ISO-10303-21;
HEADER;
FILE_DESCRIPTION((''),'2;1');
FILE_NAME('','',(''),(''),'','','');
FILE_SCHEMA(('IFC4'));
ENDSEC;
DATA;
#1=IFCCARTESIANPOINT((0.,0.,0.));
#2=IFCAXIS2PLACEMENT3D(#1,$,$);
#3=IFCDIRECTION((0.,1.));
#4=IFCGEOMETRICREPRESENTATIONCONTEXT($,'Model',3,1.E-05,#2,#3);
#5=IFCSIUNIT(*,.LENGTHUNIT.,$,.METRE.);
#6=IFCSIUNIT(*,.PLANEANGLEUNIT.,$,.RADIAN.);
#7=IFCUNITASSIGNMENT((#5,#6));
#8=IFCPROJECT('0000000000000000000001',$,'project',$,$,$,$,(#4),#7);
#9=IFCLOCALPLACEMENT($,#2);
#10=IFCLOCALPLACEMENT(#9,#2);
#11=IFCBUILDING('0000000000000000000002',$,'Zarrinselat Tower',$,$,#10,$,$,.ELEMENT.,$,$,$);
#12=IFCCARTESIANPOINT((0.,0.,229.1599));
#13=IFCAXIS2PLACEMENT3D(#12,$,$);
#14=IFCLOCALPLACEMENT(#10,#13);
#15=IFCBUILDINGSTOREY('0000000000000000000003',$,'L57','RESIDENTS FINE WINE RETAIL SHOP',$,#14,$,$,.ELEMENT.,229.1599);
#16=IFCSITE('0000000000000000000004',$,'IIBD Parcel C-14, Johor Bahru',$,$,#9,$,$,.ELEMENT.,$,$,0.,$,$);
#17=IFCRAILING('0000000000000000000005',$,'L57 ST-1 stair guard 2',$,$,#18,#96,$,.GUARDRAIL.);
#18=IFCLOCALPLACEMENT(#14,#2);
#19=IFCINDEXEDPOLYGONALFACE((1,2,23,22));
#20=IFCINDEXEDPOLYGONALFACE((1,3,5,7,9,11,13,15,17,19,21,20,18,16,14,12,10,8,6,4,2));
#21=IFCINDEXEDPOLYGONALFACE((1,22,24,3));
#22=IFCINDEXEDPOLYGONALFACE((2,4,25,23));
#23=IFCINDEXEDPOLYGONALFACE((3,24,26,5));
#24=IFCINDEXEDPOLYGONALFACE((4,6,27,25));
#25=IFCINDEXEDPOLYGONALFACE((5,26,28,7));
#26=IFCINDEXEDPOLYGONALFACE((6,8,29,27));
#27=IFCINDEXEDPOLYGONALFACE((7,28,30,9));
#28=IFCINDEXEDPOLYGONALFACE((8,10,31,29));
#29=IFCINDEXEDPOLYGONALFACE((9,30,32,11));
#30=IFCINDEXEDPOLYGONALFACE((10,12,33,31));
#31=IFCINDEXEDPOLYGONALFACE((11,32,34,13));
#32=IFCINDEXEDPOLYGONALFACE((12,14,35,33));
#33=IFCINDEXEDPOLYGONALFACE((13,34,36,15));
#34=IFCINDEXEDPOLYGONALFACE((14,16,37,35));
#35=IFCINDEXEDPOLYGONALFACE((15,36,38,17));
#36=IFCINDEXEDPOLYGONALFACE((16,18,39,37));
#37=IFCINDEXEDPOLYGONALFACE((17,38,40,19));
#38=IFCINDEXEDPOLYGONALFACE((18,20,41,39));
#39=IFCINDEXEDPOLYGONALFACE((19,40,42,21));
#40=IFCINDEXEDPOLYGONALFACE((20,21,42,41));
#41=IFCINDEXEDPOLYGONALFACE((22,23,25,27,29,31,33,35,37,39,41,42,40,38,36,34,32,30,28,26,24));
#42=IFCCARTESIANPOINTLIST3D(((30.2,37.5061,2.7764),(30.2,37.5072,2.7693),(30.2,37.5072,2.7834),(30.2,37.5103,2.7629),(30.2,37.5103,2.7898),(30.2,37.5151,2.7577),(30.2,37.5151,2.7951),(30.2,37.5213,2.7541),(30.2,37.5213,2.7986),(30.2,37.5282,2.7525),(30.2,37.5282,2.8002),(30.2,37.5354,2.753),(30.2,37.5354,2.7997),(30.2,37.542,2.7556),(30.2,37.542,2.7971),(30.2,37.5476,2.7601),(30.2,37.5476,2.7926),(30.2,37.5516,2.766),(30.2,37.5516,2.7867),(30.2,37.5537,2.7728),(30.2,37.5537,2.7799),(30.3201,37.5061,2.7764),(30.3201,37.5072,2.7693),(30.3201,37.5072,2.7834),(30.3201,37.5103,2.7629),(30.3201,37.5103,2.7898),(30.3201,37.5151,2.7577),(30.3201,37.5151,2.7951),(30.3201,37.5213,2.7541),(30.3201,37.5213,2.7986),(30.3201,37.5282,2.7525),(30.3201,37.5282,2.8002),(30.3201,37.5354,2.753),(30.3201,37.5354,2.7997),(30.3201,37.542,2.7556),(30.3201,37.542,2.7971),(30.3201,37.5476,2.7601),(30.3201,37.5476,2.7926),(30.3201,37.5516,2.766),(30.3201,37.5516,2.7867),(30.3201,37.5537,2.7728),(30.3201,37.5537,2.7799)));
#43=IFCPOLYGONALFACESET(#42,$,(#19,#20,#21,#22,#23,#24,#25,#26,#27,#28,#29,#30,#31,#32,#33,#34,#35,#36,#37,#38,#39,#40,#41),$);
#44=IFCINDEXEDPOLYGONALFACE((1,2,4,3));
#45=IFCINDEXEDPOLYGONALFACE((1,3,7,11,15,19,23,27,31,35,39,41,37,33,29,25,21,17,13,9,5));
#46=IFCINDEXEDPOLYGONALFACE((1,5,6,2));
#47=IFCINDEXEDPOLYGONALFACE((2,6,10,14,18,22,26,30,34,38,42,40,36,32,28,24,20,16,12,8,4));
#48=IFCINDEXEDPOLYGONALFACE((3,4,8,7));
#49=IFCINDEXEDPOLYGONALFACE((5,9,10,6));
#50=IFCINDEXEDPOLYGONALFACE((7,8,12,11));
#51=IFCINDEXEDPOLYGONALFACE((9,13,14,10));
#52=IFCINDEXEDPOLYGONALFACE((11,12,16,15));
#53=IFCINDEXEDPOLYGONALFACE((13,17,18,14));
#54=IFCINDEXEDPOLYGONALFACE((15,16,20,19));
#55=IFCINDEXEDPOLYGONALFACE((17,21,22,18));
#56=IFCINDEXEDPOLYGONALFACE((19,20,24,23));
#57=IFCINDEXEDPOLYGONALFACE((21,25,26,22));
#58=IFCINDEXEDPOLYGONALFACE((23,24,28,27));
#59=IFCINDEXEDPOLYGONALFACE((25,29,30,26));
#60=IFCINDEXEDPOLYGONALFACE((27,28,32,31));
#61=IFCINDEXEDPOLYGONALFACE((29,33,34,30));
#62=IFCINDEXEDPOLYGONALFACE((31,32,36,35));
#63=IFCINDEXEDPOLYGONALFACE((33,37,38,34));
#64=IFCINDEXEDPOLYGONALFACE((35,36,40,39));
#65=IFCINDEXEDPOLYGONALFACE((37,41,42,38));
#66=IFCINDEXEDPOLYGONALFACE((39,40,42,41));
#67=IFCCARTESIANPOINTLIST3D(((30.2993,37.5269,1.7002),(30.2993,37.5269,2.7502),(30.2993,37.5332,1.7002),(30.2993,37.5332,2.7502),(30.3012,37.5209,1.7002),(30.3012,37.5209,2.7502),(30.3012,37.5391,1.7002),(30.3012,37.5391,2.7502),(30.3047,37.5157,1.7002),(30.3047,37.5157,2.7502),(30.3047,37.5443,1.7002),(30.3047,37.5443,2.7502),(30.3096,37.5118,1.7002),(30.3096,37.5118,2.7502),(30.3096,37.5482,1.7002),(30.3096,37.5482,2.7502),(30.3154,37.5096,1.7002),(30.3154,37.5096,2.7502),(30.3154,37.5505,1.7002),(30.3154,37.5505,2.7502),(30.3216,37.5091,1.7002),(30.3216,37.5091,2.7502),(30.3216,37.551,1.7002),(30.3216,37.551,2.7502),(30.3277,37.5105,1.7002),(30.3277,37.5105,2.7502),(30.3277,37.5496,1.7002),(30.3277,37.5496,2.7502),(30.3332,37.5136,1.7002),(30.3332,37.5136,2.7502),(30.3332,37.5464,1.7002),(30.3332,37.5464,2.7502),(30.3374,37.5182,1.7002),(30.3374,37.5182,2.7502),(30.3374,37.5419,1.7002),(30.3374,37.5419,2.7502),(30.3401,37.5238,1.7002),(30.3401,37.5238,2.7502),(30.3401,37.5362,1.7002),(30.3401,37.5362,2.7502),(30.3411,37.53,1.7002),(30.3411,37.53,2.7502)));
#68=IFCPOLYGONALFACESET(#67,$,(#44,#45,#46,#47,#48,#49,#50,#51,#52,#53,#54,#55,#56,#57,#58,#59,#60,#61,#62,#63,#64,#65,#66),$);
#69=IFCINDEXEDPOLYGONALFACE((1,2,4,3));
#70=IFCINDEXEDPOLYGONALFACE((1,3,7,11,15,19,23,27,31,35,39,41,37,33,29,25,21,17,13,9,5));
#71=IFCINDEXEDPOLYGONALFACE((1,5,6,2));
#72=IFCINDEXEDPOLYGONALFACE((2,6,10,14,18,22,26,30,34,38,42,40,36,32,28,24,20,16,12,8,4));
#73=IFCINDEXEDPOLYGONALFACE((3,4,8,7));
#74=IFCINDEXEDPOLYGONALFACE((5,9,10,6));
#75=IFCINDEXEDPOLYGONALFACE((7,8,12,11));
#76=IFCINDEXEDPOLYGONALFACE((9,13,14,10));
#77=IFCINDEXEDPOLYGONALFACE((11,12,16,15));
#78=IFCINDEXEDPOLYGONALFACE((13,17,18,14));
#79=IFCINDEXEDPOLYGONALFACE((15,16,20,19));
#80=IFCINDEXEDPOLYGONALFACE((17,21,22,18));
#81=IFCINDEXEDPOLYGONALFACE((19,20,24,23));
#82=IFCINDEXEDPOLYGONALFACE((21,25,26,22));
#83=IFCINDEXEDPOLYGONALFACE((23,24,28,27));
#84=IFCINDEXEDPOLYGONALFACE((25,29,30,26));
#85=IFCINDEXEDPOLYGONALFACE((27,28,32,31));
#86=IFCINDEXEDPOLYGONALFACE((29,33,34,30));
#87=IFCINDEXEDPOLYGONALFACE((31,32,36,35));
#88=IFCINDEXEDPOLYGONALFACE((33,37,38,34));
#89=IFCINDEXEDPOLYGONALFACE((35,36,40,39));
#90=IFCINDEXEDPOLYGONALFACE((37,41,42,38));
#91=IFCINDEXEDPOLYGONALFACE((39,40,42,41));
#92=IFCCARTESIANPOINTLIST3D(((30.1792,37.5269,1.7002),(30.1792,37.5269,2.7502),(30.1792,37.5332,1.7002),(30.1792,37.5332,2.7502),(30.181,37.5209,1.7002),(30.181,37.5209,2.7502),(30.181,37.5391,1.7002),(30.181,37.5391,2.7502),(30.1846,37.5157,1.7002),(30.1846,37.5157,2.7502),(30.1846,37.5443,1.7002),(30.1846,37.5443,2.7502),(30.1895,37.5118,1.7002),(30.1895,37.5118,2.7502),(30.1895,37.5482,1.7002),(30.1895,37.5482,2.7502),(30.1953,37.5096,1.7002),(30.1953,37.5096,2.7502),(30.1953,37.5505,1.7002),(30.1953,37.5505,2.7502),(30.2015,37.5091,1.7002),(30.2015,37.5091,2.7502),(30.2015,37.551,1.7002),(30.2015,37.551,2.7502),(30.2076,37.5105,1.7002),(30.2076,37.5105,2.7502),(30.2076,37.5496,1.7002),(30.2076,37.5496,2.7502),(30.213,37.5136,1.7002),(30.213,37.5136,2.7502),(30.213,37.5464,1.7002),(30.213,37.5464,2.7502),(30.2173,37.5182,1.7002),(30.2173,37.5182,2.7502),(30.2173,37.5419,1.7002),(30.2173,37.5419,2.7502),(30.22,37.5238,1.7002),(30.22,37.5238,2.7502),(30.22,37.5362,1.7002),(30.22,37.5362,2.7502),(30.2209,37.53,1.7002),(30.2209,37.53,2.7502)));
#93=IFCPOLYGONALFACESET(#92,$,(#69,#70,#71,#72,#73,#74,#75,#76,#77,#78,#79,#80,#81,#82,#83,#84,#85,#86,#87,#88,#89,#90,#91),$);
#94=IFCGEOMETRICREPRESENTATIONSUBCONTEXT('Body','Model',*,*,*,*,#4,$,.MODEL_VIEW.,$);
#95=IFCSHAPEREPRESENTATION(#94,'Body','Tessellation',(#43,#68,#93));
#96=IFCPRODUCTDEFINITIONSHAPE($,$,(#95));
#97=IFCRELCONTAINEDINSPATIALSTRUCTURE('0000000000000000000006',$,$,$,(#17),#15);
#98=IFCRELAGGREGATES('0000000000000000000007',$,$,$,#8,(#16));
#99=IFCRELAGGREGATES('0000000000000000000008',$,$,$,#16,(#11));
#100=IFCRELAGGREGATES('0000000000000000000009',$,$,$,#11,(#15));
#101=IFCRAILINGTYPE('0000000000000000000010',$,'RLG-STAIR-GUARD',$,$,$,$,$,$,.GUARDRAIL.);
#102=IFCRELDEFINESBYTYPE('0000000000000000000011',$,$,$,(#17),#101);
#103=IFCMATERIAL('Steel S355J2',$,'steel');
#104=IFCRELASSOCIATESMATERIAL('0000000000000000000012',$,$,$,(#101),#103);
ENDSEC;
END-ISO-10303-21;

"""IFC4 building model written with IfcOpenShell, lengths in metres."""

from ifc_helpers import new_model, si_unit, direction, frame, origin, origin_2d, place, context, subcontext, project, spatial, circle, extrude, material, type_object, element, save


model = new_model("IFC4")

# Units and contexts
model_context = context("Model", 3, precision=1e-05, world=origin(), true_north=direction((0.0, 1.0)))
body_context = subcontext(model_context, "Body", "Model", "MODEL_VIEW")
ifc_project = project(units=[si_unit("LENGTHUNIT", "METRE"), si_unit("PLANEANGLEUNIT", "RADIAN")], contexts=[model_context])

# Site, building, storey
site_placement = place(None, origin())
site = spatial("IfcSite", under=ifc_project, at=site_placement, Name="IIBD Parcel C-14, Johor Bahru", CompositionType="ELEMENT", RefElevation=0.0)
building_placement = place(site_placement, origin())
building = spatial("IfcBuilding", under=site, at=building_placement, Name="Zarrinselat Tower", CompositionType="ELEMENT")
storey_placement = place(building_placement, frame((0.0, 0.0, 229.1599)))
storey = spatial("IfcBuildingStorey", under=building, at=storey_placement, Name="L57", Description="RESIDENTS FINE WINE RETAIL SHOP", CompositionType="ELEMENT", Elevation=229.1599)

# Railing
ifc_material_1 = material(Name="Steel S355J2", Category="steel")
railing_type_1 = type_object("IfcRailingType", Name="RLG-STAIR-GUARD", PredefinedType="GUARDRAIL", material=ifc_material_1)
railing_1_placement = place(storey_placement, frame((30.3201, 37.53, 1.7002)))
element("IfcRailing", 1, at=railing_1_placement, inside=storey, type_object=railing_type_1, Name="L57 ST-1 stair guard 2", PredefinedType="GUARDRAIL", context=body_context, shape_type="SweptSolid", body=[
    extrude(circle(Radius=0.0239, at=origin_2d()), frame((0.0, 0.0, 1.0762), z_axis=(-1.0, 0.0, 0.0), x_axis=(0.0, -1.0, 0.0)), (0.0, 0.0, 1.0), 0.1201),
    extrude(circle(Radius=0.021, at=origin_2d()), origin(), (0.0, 0.0, 1.0), 1.05),
    extrude(circle(Radius=0.021, at=origin_2d()), frame((-0.1201, 0.0, 0.0)), (0.0, 0.0, 1.0), 1.05),
])

save(model, "model.ifc")
